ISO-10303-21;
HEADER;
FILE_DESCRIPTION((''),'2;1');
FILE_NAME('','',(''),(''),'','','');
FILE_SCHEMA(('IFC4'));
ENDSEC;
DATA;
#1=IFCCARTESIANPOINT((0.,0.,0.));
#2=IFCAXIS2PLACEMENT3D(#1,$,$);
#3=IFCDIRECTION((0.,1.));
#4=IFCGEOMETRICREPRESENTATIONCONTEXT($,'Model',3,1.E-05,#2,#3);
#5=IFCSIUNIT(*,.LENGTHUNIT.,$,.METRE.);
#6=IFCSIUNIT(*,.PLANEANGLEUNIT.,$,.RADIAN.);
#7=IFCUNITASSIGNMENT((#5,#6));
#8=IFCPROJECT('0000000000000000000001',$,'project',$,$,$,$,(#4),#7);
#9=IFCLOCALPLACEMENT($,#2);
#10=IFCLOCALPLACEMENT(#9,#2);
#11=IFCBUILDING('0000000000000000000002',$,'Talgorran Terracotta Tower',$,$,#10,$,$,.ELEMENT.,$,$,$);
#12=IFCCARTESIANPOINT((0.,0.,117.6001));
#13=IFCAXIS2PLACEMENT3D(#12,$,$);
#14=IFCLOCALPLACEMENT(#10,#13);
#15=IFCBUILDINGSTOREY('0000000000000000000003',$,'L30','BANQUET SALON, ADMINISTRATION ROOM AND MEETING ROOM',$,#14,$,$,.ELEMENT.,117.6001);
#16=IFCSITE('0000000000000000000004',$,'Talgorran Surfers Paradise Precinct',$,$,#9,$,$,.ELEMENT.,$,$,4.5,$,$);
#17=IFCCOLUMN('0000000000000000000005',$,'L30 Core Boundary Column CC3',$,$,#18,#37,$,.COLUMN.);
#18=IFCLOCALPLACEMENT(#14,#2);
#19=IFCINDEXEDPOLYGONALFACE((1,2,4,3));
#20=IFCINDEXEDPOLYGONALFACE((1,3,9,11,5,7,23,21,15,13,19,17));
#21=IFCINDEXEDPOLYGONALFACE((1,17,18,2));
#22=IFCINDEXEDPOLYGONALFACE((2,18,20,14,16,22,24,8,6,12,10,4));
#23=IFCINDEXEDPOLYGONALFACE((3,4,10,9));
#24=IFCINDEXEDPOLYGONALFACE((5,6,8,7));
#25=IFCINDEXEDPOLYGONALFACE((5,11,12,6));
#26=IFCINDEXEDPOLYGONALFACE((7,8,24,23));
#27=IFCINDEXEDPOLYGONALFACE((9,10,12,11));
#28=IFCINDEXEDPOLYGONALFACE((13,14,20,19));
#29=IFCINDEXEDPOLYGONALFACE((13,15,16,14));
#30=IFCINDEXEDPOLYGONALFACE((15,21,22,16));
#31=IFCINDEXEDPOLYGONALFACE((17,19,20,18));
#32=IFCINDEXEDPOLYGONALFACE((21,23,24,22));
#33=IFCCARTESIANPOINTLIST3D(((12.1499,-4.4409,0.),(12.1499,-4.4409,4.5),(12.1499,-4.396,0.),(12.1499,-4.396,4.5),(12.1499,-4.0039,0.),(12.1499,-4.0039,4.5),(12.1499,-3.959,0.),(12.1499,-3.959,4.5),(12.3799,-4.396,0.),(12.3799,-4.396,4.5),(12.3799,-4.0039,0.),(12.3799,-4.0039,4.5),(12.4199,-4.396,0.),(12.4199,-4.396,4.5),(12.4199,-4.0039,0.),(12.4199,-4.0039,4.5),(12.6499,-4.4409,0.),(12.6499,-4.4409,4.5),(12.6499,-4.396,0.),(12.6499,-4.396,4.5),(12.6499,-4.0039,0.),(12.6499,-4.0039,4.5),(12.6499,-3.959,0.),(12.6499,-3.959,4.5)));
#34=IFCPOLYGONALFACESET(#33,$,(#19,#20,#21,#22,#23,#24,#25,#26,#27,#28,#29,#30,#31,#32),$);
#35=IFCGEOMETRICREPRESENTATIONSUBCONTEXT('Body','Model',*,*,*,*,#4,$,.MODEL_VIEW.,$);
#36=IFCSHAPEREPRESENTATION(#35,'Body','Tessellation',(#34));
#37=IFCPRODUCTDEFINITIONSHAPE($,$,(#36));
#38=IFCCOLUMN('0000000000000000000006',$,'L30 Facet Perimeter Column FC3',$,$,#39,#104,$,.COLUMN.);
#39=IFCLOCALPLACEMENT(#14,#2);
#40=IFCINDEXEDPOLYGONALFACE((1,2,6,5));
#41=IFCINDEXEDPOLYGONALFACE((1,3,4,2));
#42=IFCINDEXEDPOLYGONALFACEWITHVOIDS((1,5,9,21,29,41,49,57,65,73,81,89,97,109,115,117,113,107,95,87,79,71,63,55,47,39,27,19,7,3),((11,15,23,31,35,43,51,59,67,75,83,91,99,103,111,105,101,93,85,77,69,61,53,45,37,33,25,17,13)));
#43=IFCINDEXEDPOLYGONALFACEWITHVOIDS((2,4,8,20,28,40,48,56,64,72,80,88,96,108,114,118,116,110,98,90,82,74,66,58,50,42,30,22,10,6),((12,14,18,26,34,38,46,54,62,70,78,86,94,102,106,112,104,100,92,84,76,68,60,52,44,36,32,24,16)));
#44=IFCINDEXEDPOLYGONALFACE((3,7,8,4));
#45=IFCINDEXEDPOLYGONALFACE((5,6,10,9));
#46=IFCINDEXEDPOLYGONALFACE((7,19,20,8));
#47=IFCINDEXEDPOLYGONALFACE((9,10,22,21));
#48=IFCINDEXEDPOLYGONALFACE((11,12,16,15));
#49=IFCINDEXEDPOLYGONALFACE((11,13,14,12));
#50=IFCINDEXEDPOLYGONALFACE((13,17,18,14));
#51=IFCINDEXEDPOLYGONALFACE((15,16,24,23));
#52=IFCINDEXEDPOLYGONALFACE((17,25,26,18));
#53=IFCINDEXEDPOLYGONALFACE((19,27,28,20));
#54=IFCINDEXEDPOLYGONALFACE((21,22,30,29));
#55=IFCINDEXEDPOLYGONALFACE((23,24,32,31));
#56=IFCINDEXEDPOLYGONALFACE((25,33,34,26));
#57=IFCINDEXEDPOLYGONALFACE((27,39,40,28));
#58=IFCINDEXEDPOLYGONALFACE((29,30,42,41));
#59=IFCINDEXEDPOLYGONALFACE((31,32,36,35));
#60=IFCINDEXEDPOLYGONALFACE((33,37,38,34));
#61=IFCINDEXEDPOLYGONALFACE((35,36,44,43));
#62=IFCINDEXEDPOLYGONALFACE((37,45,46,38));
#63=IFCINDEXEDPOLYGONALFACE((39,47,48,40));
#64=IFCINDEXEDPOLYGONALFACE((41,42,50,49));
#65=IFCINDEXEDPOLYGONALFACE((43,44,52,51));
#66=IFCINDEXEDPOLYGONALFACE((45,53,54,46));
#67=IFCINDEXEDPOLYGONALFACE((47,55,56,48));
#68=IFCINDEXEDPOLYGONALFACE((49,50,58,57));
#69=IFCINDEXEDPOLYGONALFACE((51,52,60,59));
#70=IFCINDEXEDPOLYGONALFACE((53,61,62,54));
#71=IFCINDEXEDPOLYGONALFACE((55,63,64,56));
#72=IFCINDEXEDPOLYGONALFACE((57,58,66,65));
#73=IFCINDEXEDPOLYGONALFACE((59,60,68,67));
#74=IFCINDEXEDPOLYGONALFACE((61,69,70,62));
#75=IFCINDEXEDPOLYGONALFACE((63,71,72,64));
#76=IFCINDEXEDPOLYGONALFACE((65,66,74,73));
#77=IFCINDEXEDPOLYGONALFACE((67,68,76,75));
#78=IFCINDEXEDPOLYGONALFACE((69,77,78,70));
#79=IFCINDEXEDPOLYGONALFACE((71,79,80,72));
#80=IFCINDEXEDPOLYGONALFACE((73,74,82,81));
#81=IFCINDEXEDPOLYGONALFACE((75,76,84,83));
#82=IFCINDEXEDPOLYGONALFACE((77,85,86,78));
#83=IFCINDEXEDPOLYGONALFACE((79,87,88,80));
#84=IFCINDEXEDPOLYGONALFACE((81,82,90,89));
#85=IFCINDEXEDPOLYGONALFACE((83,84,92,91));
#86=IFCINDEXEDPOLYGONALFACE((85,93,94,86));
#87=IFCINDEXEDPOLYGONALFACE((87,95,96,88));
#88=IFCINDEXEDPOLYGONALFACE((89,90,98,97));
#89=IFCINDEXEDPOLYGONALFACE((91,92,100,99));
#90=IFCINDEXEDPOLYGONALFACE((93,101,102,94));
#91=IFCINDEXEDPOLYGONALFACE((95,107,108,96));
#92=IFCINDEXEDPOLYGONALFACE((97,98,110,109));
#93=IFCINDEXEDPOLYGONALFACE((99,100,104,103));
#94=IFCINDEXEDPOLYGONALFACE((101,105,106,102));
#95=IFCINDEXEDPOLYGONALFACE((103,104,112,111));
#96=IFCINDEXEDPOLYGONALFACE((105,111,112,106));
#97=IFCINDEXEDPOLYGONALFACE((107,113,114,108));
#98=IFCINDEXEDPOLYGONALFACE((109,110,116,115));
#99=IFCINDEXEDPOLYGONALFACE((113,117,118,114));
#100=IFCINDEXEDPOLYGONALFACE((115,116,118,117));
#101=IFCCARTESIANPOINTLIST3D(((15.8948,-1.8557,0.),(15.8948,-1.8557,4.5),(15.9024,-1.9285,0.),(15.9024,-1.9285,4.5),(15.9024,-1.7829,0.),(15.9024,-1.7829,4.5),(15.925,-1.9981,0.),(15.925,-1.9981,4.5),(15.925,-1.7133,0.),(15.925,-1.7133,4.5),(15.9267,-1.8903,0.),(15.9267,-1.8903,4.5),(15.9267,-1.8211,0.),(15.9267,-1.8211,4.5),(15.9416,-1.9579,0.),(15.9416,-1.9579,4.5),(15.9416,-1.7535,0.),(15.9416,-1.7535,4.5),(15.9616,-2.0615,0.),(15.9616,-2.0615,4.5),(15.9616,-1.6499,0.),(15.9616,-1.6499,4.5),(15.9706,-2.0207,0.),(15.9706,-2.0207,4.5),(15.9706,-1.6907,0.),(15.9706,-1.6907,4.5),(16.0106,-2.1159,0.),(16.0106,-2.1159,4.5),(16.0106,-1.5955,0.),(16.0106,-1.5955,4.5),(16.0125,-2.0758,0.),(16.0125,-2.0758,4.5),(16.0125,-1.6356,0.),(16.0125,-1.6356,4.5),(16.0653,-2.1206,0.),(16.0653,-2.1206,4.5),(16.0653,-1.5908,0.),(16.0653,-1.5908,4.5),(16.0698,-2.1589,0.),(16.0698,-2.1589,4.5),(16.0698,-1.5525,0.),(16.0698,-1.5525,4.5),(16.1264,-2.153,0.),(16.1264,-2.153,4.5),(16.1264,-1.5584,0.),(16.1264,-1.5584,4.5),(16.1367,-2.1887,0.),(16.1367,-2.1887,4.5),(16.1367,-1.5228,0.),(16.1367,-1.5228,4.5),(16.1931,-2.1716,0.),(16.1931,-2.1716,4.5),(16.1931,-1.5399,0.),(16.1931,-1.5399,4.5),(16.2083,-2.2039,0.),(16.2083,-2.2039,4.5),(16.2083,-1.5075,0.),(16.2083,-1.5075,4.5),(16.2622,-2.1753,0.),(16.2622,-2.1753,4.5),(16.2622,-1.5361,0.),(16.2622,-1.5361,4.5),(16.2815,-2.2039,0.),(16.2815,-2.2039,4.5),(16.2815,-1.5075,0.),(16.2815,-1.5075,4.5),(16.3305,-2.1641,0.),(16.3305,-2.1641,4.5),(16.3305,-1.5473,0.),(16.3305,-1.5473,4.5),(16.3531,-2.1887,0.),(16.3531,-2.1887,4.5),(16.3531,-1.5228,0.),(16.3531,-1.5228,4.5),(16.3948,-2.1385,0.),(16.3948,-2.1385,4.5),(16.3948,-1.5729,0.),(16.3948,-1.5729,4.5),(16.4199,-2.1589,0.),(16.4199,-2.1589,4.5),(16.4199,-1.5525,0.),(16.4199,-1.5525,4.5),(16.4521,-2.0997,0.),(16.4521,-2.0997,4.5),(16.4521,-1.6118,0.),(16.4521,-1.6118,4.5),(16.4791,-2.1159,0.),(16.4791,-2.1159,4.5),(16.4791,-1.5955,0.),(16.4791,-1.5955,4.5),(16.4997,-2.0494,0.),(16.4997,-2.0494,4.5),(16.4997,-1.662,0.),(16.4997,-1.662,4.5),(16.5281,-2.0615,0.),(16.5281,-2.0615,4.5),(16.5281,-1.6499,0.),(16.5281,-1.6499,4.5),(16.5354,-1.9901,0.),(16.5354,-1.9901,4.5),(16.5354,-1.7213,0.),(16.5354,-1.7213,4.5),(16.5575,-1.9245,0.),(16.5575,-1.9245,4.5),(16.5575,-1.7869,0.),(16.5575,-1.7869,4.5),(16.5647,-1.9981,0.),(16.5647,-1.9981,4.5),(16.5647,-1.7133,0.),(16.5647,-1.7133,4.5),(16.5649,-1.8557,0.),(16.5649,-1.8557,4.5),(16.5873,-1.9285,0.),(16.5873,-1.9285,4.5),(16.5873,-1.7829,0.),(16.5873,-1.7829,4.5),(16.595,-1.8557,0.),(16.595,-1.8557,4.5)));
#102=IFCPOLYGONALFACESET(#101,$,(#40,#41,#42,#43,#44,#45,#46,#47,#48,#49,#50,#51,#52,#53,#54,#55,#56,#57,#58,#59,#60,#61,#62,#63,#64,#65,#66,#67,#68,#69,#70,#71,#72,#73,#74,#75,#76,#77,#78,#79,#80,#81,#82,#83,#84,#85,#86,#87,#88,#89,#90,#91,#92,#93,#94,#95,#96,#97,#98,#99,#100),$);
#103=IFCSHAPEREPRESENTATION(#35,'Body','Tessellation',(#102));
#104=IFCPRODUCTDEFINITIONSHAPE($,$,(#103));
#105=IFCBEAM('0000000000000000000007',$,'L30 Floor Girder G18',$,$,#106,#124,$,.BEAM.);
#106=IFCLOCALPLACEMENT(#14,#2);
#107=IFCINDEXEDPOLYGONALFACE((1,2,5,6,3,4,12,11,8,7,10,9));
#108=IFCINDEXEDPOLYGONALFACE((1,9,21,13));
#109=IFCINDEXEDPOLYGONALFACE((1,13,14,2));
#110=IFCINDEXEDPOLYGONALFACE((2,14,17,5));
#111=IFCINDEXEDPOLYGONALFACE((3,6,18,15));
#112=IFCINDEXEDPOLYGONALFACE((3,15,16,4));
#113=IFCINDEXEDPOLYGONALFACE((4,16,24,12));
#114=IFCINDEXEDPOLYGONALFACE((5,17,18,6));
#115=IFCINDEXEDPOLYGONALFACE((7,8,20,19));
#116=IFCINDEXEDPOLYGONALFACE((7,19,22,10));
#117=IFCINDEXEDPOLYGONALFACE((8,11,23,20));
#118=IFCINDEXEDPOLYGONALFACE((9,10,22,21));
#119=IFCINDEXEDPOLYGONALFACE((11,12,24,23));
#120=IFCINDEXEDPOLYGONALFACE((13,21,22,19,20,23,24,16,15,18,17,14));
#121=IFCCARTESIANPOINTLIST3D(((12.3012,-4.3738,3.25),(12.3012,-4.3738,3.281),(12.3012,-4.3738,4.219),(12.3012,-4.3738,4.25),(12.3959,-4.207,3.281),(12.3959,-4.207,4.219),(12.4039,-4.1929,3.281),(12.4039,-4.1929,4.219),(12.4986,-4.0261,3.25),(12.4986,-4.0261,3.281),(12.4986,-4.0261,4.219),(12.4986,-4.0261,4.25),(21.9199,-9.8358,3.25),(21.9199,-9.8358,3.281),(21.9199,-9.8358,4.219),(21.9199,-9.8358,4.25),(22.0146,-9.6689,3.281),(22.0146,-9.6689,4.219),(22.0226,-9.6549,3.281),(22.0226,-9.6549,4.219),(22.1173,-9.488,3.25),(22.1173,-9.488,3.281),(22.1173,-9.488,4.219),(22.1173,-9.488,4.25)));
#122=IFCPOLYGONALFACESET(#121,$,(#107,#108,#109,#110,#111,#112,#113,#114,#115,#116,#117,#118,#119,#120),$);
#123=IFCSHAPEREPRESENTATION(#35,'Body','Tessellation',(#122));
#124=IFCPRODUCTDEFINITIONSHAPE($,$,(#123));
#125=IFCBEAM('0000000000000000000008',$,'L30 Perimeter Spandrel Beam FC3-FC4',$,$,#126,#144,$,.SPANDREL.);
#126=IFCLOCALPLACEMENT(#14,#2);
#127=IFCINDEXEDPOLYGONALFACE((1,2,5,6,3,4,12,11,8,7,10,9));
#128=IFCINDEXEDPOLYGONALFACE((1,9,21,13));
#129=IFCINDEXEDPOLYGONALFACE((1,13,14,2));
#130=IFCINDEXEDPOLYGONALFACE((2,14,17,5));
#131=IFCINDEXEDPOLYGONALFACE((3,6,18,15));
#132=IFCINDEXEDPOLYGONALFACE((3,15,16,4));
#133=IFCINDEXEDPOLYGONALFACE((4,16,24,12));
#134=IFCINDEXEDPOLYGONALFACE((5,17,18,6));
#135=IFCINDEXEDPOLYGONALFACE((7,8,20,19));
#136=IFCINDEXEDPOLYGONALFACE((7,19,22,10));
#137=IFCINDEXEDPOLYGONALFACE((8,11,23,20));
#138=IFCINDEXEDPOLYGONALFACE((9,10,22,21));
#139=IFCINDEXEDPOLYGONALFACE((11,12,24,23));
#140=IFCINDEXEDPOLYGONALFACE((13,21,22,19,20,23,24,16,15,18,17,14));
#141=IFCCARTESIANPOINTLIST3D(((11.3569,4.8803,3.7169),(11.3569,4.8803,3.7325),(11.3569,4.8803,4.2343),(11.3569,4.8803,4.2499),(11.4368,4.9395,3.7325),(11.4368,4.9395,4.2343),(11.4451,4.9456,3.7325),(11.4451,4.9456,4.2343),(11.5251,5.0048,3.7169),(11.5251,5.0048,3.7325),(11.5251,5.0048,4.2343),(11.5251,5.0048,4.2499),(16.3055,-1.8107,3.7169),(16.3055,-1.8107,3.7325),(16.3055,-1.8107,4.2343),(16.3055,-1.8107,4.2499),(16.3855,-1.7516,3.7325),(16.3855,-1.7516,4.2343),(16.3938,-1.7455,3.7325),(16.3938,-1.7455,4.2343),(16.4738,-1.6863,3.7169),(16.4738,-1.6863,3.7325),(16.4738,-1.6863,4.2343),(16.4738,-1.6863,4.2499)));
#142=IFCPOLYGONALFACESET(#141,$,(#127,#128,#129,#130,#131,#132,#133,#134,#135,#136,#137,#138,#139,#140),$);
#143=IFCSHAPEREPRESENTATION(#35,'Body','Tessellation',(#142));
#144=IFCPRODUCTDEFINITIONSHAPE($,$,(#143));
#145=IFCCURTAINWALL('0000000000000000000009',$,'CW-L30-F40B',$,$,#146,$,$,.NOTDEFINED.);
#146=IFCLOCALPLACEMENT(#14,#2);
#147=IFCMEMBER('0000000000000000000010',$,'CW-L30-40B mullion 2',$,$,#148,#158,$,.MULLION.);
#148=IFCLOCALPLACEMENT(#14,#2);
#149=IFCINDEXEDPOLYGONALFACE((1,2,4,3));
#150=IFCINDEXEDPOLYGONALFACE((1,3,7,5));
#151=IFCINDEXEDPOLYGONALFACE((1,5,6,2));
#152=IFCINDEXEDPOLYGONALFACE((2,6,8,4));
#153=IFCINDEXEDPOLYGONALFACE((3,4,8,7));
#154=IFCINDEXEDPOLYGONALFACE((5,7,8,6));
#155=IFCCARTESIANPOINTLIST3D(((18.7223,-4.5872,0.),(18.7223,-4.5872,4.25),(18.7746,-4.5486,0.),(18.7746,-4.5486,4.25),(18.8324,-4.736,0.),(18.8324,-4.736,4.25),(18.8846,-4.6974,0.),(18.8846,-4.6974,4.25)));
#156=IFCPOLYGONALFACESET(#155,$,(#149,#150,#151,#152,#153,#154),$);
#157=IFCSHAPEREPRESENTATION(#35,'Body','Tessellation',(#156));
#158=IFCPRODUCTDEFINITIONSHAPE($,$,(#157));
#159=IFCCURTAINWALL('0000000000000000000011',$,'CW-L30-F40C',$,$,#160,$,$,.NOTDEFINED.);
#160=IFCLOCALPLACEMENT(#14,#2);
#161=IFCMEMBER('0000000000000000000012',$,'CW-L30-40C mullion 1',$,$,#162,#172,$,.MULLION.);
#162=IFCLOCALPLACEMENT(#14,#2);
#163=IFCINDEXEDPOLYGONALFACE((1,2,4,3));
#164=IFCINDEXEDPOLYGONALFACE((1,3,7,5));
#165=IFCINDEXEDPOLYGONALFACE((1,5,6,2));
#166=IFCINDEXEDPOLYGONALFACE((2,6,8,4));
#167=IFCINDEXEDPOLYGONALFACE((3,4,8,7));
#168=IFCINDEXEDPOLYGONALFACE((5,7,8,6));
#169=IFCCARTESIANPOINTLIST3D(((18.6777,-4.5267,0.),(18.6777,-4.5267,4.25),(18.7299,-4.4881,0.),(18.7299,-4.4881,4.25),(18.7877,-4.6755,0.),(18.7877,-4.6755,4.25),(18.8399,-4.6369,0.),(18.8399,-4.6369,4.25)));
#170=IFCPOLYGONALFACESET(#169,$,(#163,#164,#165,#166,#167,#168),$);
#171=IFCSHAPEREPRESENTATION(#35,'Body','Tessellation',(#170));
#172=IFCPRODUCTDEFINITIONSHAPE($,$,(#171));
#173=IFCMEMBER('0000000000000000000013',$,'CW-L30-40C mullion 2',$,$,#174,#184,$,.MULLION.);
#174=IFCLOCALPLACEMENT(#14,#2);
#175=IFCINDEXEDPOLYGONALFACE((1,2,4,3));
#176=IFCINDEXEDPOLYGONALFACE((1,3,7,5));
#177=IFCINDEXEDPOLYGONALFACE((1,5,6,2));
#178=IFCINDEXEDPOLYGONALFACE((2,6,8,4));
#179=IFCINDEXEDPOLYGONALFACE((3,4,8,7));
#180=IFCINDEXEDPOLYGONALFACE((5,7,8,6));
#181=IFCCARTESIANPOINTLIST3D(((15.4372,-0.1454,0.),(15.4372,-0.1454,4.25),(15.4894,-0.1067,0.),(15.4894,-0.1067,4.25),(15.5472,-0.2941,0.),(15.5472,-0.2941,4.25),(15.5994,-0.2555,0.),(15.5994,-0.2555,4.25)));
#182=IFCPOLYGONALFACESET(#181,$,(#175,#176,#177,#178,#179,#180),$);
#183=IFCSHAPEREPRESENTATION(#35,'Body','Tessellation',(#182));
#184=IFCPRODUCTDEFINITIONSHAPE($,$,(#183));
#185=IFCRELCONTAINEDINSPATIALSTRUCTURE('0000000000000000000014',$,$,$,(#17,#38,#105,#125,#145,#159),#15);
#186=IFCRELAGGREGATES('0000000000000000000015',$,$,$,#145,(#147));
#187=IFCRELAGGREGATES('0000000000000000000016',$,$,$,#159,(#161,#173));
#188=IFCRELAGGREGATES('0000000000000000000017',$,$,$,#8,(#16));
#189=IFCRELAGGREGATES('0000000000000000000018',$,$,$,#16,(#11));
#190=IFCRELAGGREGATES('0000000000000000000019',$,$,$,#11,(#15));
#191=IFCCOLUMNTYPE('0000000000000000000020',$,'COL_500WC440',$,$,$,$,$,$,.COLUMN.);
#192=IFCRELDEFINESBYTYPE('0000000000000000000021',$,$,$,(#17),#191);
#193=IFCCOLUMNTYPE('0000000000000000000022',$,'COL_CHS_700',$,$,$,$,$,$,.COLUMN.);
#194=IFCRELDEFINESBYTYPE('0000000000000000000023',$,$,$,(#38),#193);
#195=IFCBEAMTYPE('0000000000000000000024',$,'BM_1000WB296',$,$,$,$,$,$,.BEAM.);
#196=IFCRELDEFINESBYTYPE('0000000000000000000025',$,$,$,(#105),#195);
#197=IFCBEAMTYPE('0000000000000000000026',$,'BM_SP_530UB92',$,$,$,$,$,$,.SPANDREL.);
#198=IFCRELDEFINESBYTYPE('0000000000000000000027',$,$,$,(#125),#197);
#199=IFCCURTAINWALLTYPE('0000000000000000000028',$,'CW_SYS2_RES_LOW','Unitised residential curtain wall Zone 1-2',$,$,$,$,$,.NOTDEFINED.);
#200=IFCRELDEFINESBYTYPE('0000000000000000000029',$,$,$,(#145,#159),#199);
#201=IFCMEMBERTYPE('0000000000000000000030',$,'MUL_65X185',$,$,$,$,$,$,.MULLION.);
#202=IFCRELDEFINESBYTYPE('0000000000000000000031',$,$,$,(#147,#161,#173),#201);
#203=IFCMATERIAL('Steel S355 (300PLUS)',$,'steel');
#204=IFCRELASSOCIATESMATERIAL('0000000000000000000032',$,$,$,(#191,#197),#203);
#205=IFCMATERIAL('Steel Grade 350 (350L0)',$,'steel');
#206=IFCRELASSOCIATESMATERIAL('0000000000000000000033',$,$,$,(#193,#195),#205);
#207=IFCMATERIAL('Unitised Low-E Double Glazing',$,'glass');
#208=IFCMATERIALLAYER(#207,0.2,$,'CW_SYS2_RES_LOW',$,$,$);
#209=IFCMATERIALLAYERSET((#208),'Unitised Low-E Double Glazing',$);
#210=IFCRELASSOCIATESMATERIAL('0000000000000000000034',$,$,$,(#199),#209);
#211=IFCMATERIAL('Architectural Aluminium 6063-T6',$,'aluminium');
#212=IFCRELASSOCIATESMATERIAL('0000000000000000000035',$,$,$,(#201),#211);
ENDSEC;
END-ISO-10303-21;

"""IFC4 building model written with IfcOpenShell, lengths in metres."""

from ifc_helpers import new_model, si_unit, direction, frame, origin, origin_2d, place, context, subcontext, project, spatial, rectangle, hollow_circle, i_section, extrude, material, layer, layer_set, material_profile, profile_set, type_object, element, aggregate, save


model = new_model("IFC4")

# Units and contexts
model_context = context("Model", 3, precision=1e-05, world=origin(), true_north=direction((0.0, 1.0)))
body_context = subcontext(model_context, "Body", "Model", "MODEL_VIEW")
ifc_project = project(units=[si_unit("LENGTHUNIT", "METRE"), si_unit("PLANEANGLEUNIT", "RADIAN")], contexts=[model_context])

# Site, building, storey
site_placement = place(None, origin())
site = spatial("IfcSite", under=ifc_project, at=site_placement, Name="Talgorran Surfers Paradise Precinct", CompositionType="ELEMENT", RefElevation=4.5)
building_placement = place(site_placement, origin())
building = spatial("IfcBuilding", under=site, at=building_placement, Name="Talgorran Terracotta Tower", CompositionType="ELEMENT")
storey_placement = place(building_placement, frame((0.0, 0.0, 117.6001)))
storey = spatial("IfcBuildingStorey", under=building, at=storey_placement, Name="L30", Description="BANQUET SALON, ADMINISTRATION ROOM AND MEETING ROOM", CompositionType="ELEMENT", Elevation=117.6001)

# Columns
ifc_material_1 = material(Name="Steel S355 (300PLUS)", Category="steel")
ifc_material_profile_1 = material_profile(ifc_material_1, i_section(OverallWidth=0.5, OverallDepth=0.4819, WebThickness=0.04, FlangeThickness=0.0449, at=origin_2d()), Name="500WC440")
ifc_profile_set_1 = profile_set([ifc_material_profile_1], Name="Steel S355 (300PLUS)")
column_type_1 = type_object("IfcColumnType", Name="COL_500WC440", PredefinedType="COLUMN", material=ifc_profile_set_1)
column_1_placement = place(storey_placement, frame((12.3999, -4.2, 0.0), z_axis=(0.0, 0.0, 1.0), x_axis=(1.0, 0.0, 0.0)))
element("IfcColumn", 1, at=column_1_placement, inside=storey, type_object=column_type_1, Name="L30 Core Boundary Column CC3", PredefinedType="COLUMN", context=body_context, shape_type="SweptSolid", body=[
    extrude(i_section(OverallWidth=0.5, OverallDepth=0.4819, WebThickness=0.04, FlangeThickness=0.0449, at=origin_2d()), origin(), (0.0, 0.0, 1.0), 4.5),
])
ifc_material_2 = material(Name="Steel Grade 350 (350L0)", Category="steel")
ifc_material_profile_2 = material_profile(ifc_material_2, hollow_circle(Radius=0.3501, WallThickness=0.03, at=origin_2d()), Name="CHS700X30")
ifc_profile_set_2 = profile_set([ifc_material_profile_2], Name="Steel Grade 350 (350L0)")
column_type_2 = type_object("IfcColumnType", Name="COL_CHS_700", PredefinedType="COLUMN", material=ifc_profile_set_2)
column_2_placement = place(storey_placement, frame((16.2449, -1.8557, 0.0), z_axis=(0.0, 0.0, 1.0), x_axis=(1.0, 0.0, 0.0)))
element("IfcColumn", 2, at=column_2_placement, inside=storey, type_object=column_type_2, Name="L30 Facet Perimeter Column FC3", PredefinedType="COLUMN", context=body_context, shape_type="SweptSolid", body=[
    extrude(hollow_circle(Radius=0.3501, WallThickness=0.03, at=origin_2d()), origin(), (0.0, 0.0, 1.0), 4.5),
])

# Beams
ifc_material_profile_3 = material_profile(ifc_material_2, i_section(OverallWidth=0.3999, OverallDepth=1.0, WebThickness=0.0161, FlangeThickness=0.031, at=origin_2d()), Name="1000WB296")
ifc_profile_set_3 = profile_set([ifc_material_profile_3], Name="Steel Grade 350 (350L0)")
beam_type_1 = type_object("IfcBeamType", Name="BM_1000WB296", PredefinedType="BEAM", material=ifc_profile_set_3)
beam_1_placement = place(storey_placement, frame((12.3999, -4.2, 3.75), z_axis=(0.869582, -0.493789, 0.0), x_axis=(0.493789, 0.869582, 0.0)))
element("IfcBeam", 3, at=beam_1_placement, inside=storey, type_object=beam_type_1, Name="L30 Floor Girder G18", PredefinedType="BEAM", context=body_context, shape_type="SweptSolid", body=[
    extrude(i_section(OverallWidth=0.3999, OverallDepth=1.0, WebThickness=0.0161, FlangeThickness=0.031, at=origin_2d()), origin(), (0.0, 0.0, 1.0), 11.0613),
])
ifc_material_profile_4 = material_profile(ifc_material_1, i_section(OverallWidth=0.2092, OverallDepth=0.533, WebThickness=0.0103, FlangeThickness=0.0156, at=origin_2d()), Name="530UB92.4")
ifc_profile_set_4 = profile_set([ifc_material_profile_4], Name="Steel S355 (300PLUS)")
beam_type_2 = type_object("IfcBeamType", Name="BM_SP_530UB92", PredefinedType="SPANDREL", material=ifc_profile_set_4)
beam_2_placement = place(storey_placement, frame((16.3896, -1.7485, 3.9834), z_axis=(-0.594631, 0.803999, 0.0), x_axis=(-0.803999, -0.594631, 0.0)))
element("IfcBeam", 4, at=beam_2_placement, inside=storey, type_object=beam_type_2, Name="L30 Perimeter Spandrel Beam FC3-FC4", PredefinedType="SPANDREL", context=body_context, shape_type="SweptSolid", body=[
    extrude(i_section(OverallWidth=0.2092, OverallDepth=0.533, WebThickness=0.0103, FlangeThickness=0.0156, at=origin_2d()), origin(), (0.0, 0.0, 1.0), 8.3223),
])

# Curtain wall, member
ifc_material_3 = material(Name="Unitised Low-E Double Glazing", Category="glass")
ifc_layer_1 = layer(ifc_material_3, 0.2, Name="CW_SYS2_RES_LOW")
ifc_layer_set_1 = layer_set([ifc_layer_1], Name="Unitised Low-E Double Glazing")
curtain_wall_type = type_object("IfcCurtainWallType", Name="CW_SYS2_RES_LOW", Description="Unitised residential curtain wall Zone 1-2", PredefinedType="NOTDEFINED", material=ifc_layer_set_1)
curtain_wall_1_placement = place(storey_placement, origin())
curtain_wall_1 = element("IfcCurtainWall", 5, at=curtain_wall_1_placement, inside=storey, type_object=curtain_wall_type, Name="CW-L30-F40B", PredefinedType="NOTDEFINED")
ifc_material_4 = material(Name="Architectural Aluminium 6063-T6", Category="aluminium")
ifc_material_profile_5 = material_profile(ifc_material_4, rectangle(XDim=0.0649, YDim=0.1851, at=origin_2d()), Name="CWM65X185")
ifc_profile_set_5 = profile_set([ifc_material_profile_5], Name="Architectural Aluminium 6063-T6")
member_type_1 = type_object("IfcMemberType", Name="MUL_65X185", PredefinedType="MULLION", material=ifc_profile_set_5)
member_1_placement = place(storey_placement, frame((18.8035, -4.6423, 0.0), z_axis=(0.0, 0.0, 1.0), x_axis=(-0.803999, -0.59463, 0.0)))
member_1 = element("IfcMember", 6, at=member_1_placement, type_object=member_type_1, Name="CW-L30-40B mullion 2", PredefinedType="MULLION", context=body_context, shape_type="SweptSolid", body=[
    extrude(rectangle(XDim=0.0649, YDim=0.1851, at=origin_2d()), origin(), (0.0, 0.0, 1.0), 4.25),
])
aggregate(curtain_wall_1, [member_1])

# Curtain wall, members
curtain_wall_2_placement = place(storey_placement, origin())
curtain_wall_2 = element("IfcCurtainWall", 7, at=curtain_wall_2_placement, inside=storey, type_object=curtain_wall_type, Name="CW-L30-F40C", PredefinedType="NOTDEFINED")
member_2_placement = place(storey_placement, frame((18.7588, -4.5818, 0.0), z_axis=(0.0, 0.0, 1.0), x_axis=(-0.803993, -0.594639, 0.0)))
member_2 = element("IfcMember", 8, at=member_2_placement, type_object=member_type_1, Name="CW-L30-40C mullion 1", PredefinedType="MULLION", context=body_context, shape_type="SweptSolid", body=[
    extrude(rectangle(XDim=0.0649, YDim=0.1851, at=origin_2d()), origin(), (0.0, 0.0, 1.0), 4.25),
])
member_3_placement = place(storey_placement, frame((15.5183, -0.2004, 0.0), z_axis=(0.0, 0.0, 1.0), x_axis=(-0.803993, -0.594639, 0.0)))
member_3 = element("IfcMember", 9, at=member_3_placement, type_object=member_type_1, Name="CW-L30-40C mullion 2", PredefinedType="MULLION", context=body_context, shape_type="SweptSolid", body=[
    extrude(rectangle(XDim=0.0649, YDim=0.1851, at=origin_2d()), origin(), (0.0, 0.0, 1.0), 4.25),
])

aggregate(curtain_wall_2, [member_2, member_3])

save(model, "model.ifc")
